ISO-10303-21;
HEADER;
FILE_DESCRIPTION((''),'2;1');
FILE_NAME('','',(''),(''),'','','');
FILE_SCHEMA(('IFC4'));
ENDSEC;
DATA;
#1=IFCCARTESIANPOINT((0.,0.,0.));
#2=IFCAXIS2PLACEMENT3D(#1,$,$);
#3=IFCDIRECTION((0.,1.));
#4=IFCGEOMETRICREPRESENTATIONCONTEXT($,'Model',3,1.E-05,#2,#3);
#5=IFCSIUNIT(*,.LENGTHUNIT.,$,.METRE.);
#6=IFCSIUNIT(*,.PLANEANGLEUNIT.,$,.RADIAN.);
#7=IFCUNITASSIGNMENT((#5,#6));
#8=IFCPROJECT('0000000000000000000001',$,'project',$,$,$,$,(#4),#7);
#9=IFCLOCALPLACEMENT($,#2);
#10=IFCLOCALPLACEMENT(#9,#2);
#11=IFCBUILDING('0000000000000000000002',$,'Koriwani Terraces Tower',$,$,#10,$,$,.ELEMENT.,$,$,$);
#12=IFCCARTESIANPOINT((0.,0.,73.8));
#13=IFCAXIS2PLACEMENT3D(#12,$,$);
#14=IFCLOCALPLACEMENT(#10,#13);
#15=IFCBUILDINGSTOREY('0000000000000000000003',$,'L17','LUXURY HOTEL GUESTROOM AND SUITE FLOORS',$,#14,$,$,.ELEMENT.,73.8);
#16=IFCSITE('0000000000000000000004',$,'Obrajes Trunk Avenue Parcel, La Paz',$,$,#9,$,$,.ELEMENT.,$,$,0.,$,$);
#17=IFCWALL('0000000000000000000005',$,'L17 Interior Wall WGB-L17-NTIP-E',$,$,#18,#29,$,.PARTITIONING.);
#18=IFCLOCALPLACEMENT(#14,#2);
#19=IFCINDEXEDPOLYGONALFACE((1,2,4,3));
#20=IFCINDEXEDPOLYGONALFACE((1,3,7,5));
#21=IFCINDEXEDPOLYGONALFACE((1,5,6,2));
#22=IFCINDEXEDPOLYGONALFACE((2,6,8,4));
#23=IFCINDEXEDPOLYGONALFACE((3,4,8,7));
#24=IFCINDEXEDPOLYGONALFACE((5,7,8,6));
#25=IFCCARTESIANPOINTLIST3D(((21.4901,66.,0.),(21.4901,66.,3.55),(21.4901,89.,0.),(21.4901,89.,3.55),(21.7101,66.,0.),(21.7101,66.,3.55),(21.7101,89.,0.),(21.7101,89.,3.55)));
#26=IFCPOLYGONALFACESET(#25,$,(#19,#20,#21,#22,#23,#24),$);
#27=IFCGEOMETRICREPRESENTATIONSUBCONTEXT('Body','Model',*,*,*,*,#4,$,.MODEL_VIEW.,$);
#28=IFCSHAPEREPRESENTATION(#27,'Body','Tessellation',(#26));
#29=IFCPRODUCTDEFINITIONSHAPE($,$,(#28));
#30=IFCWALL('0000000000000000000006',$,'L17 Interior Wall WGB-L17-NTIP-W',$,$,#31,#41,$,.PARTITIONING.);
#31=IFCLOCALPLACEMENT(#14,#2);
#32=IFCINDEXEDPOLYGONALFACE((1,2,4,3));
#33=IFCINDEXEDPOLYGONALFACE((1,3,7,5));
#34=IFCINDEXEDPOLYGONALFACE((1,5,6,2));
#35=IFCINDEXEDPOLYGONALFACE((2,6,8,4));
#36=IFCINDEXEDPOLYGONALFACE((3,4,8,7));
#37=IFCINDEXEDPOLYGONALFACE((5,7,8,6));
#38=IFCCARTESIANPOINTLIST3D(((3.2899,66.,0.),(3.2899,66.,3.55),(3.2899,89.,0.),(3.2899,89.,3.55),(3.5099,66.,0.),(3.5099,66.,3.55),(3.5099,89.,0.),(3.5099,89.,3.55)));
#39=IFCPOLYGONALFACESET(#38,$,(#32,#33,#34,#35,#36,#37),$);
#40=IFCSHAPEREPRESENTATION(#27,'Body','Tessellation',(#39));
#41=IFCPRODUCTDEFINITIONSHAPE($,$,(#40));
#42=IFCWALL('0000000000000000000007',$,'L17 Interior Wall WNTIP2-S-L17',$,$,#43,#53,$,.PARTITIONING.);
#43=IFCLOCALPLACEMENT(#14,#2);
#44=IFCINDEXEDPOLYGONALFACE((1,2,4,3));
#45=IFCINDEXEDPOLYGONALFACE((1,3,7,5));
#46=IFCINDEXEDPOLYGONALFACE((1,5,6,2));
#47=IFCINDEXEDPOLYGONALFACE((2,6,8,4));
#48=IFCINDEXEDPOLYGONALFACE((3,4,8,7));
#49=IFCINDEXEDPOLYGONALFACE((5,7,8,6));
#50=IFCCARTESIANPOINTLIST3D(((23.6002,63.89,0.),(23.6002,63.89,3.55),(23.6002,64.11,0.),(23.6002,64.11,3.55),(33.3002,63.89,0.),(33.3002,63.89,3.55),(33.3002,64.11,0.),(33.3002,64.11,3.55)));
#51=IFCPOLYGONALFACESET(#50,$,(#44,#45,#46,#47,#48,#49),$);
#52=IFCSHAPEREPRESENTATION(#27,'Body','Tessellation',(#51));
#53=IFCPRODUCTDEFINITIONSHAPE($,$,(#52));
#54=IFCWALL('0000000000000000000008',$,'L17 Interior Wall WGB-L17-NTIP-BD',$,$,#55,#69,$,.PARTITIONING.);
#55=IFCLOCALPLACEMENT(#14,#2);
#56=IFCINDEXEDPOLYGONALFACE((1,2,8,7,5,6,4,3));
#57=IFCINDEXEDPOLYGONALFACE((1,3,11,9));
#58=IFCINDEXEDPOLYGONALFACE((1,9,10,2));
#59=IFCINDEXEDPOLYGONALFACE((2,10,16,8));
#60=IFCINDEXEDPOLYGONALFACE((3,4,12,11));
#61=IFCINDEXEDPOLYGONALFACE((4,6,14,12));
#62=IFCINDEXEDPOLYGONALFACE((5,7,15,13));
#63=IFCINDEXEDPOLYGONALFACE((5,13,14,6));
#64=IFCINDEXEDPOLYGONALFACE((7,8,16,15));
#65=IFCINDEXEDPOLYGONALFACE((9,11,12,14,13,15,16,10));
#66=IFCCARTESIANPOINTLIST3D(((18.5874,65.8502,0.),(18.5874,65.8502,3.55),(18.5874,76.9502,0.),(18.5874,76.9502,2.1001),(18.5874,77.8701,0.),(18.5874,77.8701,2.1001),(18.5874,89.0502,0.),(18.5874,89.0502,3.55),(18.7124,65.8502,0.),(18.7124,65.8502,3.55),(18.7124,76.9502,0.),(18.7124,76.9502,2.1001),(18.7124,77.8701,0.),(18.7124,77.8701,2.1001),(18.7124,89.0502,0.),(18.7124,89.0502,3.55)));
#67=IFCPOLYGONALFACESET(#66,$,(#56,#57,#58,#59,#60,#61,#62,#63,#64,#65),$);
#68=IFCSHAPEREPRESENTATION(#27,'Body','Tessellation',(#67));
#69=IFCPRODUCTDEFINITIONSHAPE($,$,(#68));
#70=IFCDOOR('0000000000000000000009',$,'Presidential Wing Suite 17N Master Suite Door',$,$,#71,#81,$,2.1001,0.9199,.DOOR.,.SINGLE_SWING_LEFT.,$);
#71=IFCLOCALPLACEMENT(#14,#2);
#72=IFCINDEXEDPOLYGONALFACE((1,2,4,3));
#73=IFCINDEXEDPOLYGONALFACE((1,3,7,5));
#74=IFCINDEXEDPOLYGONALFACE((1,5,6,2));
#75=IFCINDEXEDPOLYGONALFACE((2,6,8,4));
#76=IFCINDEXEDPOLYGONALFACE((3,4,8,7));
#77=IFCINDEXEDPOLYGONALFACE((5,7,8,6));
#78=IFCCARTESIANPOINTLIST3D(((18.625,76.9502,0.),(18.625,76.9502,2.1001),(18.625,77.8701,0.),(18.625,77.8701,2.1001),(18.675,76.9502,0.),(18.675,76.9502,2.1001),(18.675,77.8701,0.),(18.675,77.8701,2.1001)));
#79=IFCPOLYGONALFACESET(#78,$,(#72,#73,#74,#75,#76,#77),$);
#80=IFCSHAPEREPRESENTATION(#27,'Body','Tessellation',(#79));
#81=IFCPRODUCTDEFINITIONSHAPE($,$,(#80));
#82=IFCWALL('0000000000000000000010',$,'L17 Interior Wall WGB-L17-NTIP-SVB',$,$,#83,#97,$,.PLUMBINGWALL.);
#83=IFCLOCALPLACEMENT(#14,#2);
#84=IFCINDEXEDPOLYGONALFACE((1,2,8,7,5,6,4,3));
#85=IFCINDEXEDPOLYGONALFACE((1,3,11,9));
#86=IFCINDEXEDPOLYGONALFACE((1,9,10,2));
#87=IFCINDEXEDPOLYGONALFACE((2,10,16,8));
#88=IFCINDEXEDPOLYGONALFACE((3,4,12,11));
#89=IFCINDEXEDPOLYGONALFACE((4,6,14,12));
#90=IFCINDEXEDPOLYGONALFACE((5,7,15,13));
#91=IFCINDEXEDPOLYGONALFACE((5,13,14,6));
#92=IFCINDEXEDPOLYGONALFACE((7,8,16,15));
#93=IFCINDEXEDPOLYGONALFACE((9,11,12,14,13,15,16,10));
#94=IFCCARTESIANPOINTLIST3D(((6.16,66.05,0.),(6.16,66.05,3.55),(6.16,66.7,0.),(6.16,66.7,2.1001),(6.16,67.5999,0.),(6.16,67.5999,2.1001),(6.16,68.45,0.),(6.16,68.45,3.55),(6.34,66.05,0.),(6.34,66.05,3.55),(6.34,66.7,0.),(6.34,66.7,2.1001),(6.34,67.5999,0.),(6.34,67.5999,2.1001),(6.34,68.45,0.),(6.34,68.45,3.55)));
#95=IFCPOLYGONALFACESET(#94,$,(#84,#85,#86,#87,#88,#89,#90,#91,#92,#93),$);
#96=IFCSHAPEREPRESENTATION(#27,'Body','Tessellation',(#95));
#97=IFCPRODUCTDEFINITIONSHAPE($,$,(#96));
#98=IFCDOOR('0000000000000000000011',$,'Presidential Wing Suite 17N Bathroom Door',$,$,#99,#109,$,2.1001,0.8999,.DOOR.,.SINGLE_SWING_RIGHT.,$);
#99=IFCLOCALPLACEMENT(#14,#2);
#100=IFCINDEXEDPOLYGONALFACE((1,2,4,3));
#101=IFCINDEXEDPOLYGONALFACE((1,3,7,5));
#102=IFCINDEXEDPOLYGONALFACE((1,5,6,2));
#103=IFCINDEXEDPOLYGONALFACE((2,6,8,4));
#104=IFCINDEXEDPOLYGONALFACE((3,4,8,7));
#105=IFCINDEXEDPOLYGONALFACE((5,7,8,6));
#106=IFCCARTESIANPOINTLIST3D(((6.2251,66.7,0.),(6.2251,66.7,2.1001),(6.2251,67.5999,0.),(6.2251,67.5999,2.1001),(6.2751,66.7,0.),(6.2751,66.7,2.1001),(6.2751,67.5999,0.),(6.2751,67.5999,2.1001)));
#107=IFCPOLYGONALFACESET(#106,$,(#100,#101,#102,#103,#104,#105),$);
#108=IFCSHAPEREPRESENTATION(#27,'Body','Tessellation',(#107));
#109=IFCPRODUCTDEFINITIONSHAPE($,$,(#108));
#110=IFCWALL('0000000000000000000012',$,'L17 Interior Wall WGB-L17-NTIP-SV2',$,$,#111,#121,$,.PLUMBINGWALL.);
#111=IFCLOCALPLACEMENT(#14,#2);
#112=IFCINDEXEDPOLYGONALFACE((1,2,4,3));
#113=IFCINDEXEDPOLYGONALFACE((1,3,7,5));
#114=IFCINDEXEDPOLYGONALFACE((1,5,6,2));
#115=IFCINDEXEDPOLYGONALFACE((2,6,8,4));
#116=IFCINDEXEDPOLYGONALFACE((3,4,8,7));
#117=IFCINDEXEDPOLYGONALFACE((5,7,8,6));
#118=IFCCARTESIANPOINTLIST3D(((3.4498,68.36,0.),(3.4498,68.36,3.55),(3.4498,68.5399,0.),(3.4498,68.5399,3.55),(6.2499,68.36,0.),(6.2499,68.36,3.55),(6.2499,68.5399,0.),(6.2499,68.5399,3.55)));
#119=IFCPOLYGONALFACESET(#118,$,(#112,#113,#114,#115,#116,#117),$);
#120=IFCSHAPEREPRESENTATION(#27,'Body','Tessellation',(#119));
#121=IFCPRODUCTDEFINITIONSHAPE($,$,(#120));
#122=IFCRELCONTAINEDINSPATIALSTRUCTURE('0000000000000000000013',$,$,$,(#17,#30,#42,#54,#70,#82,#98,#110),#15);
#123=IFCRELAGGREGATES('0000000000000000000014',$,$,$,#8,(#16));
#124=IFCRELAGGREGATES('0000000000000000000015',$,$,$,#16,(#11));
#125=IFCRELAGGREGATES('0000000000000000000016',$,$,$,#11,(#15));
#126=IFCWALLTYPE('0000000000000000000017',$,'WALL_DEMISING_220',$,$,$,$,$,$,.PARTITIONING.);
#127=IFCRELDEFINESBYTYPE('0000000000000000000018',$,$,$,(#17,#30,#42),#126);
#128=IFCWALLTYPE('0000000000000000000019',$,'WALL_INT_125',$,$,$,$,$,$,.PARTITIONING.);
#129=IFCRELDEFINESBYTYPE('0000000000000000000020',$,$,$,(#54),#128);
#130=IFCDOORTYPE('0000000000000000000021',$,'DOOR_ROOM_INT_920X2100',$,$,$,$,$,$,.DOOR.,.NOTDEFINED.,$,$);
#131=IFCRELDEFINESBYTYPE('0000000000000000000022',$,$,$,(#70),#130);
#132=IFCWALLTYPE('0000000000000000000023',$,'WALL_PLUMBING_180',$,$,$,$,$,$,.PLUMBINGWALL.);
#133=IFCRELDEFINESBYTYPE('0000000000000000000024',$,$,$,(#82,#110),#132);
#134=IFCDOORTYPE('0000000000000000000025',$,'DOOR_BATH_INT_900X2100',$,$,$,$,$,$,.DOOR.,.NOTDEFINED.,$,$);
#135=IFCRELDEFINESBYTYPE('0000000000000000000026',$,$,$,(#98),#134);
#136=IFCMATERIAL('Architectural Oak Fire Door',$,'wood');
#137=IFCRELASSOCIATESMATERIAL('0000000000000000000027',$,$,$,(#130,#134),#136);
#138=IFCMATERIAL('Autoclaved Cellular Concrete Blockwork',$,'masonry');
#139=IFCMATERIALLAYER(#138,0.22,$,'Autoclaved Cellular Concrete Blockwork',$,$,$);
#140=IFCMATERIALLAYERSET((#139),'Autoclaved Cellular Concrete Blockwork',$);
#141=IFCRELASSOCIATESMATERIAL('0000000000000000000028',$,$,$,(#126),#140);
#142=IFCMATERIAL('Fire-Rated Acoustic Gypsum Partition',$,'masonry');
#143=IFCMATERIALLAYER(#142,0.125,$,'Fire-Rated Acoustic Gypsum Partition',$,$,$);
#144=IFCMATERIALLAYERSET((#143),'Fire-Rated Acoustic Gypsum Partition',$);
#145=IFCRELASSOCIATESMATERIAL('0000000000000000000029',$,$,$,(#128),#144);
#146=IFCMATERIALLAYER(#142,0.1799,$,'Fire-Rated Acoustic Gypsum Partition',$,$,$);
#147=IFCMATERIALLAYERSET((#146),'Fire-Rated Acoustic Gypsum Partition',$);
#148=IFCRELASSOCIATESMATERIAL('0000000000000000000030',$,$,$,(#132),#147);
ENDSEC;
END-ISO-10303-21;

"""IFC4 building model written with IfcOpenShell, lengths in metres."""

from ifc_helpers import new_model, si_unit, direction, frame, frame_2d, origin, place, context, subcontext, project, spatial, rectangle, extrude, material, layer, layer_set, type_object, element, fill, save


model = new_model("IFC4")

# Units and contexts
model_context = context("Model", 3, precision=1e-05, world=origin(), true_north=direction((0.0, 1.0)))
body_context = subcontext(model_context, "Body", "Model", "MODEL_VIEW")
ifc_project = project(units=[si_unit("LENGTHUNIT", "METRE"), si_unit("PLANEANGLEUNIT", "RADIAN")], contexts=[model_context])

# Site, building, storey
site_placement = place(None, origin())
site = spatial("IfcSite", under=ifc_project, at=site_placement, Name="Obrajes Trunk Avenue Parcel, La Paz", CompositionType="ELEMENT", RefElevation=0.0)
building_placement = place(site_placement, origin())
building = spatial("IfcBuilding", under=site, at=building_placement, Name="Koriwani Terraces Tower", CompositionType="ELEMENT")
storey_placement = place(building_placement, frame((0.0, 0.0, 73.8)))
storey = spatial("IfcBuildingStorey", under=building, at=storey_placement, Name="L17", Description="LUXURY HOTEL GUESTROOM AND SUITE FLOORS", CompositionType="ELEMENT", Elevation=73.8)

# Shared definitions
ifc_material_1 = material(Name="Autoclaved Cellular Concrete Blockwork", Category="masonry")
ifc_material_2 = material(Name="Architectural Oak Fire Door", Category="wood")
door_type_1 = type_object("IfcDoorType", Name="DOOR_ROOM_INT_920X2100", OperationType="NOTDEFINED", PredefinedType="DOOR", material=ifc_material_2)

# Walls
ifc_layer_1 = layer(ifc_material_1, 0.22, Name="Autoclaved Cellular Concrete Blockwork")
ifc_layer_set_1 = layer_set([ifc_layer_1], Name="Autoclaved Cellular Concrete Blockwork")
wall_type_1 = type_object("IfcWallType", Name="WALL_DEMISING_220", PredefinedType="PARTITIONING", material=ifc_layer_set_1)
for number, where, z_axis, x_axis, name in (
    (1, (21.6001, 66.0, 0.0), (0.0, 0.0, 1.0), (0.0, 1.0, 0.0), "L17 Interior Wall WGB-L17-NTIP-E"),
    (2, (3.3999, 66.0, 0.0), (0.0, 0.0, 1.0), (0.0, 1.0, 0.0), "L17 Interior Wall WGB-L17-NTIP-W"),
):
    element("IfcWall", number, at=place(storey_placement, frame(where, z_axis=z_axis, x_axis=x_axis)), inside=storey, type_object=wall_type_1, Name=name, PredefinedType="PARTITIONING", context=body_context, shape_type="SweptSolid", body=[
        extrude(rectangle(XDim=23.0, YDim=0.22, at=frame_2d((11.5, 0.0))), origin(), (0.0, 0.0, 1.0), 3.55),
    ])
wall_1_placement = place(storey_placement, frame((23.6001, 64.0, 0.0), z_axis=(0.0, 0.0, 1.0), x_axis=(1.0, 0.0, 0.0)))
element("IfcWall", 3, at=wall_1_placement, inside=storey, type_object=wall_type_1, Name="L17 Interior Wall WNTIP2-S-L17", PredefinedType="PARTITIONING", context=body_context, shape_type="SweptSolid", body=[
    extrude(rectangle(XDim=9.7, YDim=0.22, at=frame_2d((4.8501, 0.0))), origin(), (0.0, 0.0, 1.0), 3.55),
])

# Walls, openings, doors
ifc_material_3 = material(Name="Fire-Rated Acoustic Gypsum Partition", Category="masonry")
ifc_layer_2 = layer(ifc_material_3, 0.125, Name="Fire-Rated Acoustic Gypsum Partition")
ifc_layer_set_2 = layer_set([ifc_layer_2], Name="Fire-Rated Acoustic Gypsum Partition")
wall_type_2 = type_object("IfcWallType", Name="WALL_INT_125", PredefinedType="PARTITIONING", material=ifc_layer_set_2)
wall_2_placement = place(storey_placement, frame((18.6499, 65.8501, 0.0), z_axis=(0.0, 0.0, 1.0), x_axis=(0.0, 1.0, 0.0)))
wall_2 = element("IfcWall", 4, at=wall_2_placement, inside=storey, type_object=wall_type_2, Name="L17 Interior Wall WGB-L17-NTIP-BD", PredefinedType="PARTITIONING", context=body_context, shape_type="SweptSolid", body=[
    extrude(rectangle(XDim=23.2, YDim=0.125, at=frame_2d((11.6001, 0.0))), origin(), (0.0, 0.0, 1.0), 3.55),
])
opening_1_placement = place(wall_2_placement, frame((11.1001, 0.0, 0.0)))
opening_1 = element("IfcOpeningElement", 5, at=opening_1_placement, cuts=wall_2, PredefinedType="OPENING", context=body_context, shape_type="SweptSolid", body=[
    extrude(rectangle(XDim=0.9199, YDim=2.1001, at=frame_2d((0.46, 1.05))), frame((0.0, 0.0725, 0.0), z_axis=(0.0, -1.0, 0.0), x_axis=(1.0, 0.0, 0.0)), (0.0, 0.0, 1.0), 0.145),
])
door_1_placement = place(opening_1_placement, origin())
door_1 = element("IfcDoor", 6, at=door_1_placement, inside=storey, type_object=door_type_1, Name="Presidential Wing Suite 17N Master Suite Door", OperationType="SINGLE_SWING_LEFT", OverallHeight=2.1001, OverallWidth=0.9199, PredefinedType="DOOR", context=body_context, shape_type="SweptSolid", body=[
    extrude(rectangle(XDim=0.9199, YDim=2.1001, at=frame_2d((0.46, 1.05))), frame((0.0, 0.0249, 0.0), z_axis=(0.0, -1.0, 0.0), x_axis=(1.0, 0.0, 0.0)), (0.0, 0.0, 1.0), 0.05),
])
fill(opening_1, door_1)
ifc_layer_3 = layer(ifc_material_3, 0.1799, Name="Fire-Rated Acoustic Gypsum Partition")
ifc_layer_set_3 = layer_set([ifc_layer_3], Name="Fire-Rated Acoustic Gypsum Partition")
wall_type_3 = type_object("IfcWallType", Name="WALL_PLUMBING_180", PredefinedType="PLUMBINGWALL", material=ifc_layer_set_3)
wall_3_placement = place(storey_placement, frame((6.25, 66.05, 0.0), z_axis=(0.0, 0.0, 1.0), x_axis=(0.0, 1.0, 0.0)))
wall_3 = element("IfcWall", 7, at=wall_3_placement, inside=storey, type_object=wall_type_3, Name="L17 Interior Wall WGB-L17-NTIP-SVB", PredefinedType="PLUMBINGWALL", context=body_context, shape_type="SweptSolid", body=[
    extrude(rectangle(XDim=2.3999, YDim=0.1799, at=frame_2d((1.2, 0.0))), origin(), (0.0, 0.0, 1.0), 3.55),
])
opening_2_placement = place(wall_3_placement, frame((0.6499, 0.0, 0.0)))
opening_2 = element("IfcOpeningElement", 8, at=opening_2_placement, cuts=wall_3, PredefinedType="OPENING", context=body_context, shape_type="SweptSolid", body=[
    extrude(rectangle(XDim=0.8999, YDim=2.1001, at=frame_2d((0.45, 1.05))), frame((0.0, 0.1001, 0.0), z_axis=(0.0, -1.0, 0.0), x_axis=(1.0, 0.0, 0.0)), (0.0, 0.0, 1.0), 0.2),
])
door_type_2 = type_object("IfcDoorType", Name="DOOR_BATH_INT_900X2100", OperationType="NOTDEFINED", PredefinedType="DOOR", material=ifc_material_2)
door_2_placement = place(opening_2_placement, origin())
door_2 = element("IfcDoor", 9, at=door_2_placement, inside=storey, type_object=door_type_2, Name="Presidential Wing Suite 17N Bathroom Door", OperationType="SINGLE_SWING_RIGHT", OverallHeight=2.1001, OverallWidth=0.8999, PredefinedType="DOOR", context=body_context, shape_type="SweptSolid", body=[
    extrude(rectangle(XDim=0.8999, YDim=2.1001, at=frame_2d((0.45, 1.05))), frame((0.0, 0.0249, 0.0), z_axis=(0.0, -1.0, 0.0), x_axis=(1.0, 0.0, 0.0)), (0.0, 0.0, 1.0), 0.05),
])
fill(opening_2, door_2)

# Wall
wall_4_placement = place(storey_placement, frame((3.45, 68.45, 0.0), z_axis=(0.0, 0.0, 1.0), x_axis=(1.0, 0.0, 0.0)))
element("IfcWall", 10, at=wall_4_placement, inside=storey, type_object=wall_type_3, Name="L17 Interior Wall WGB-L17-NTIP-SV2", PredefinedType="PLUMBINGWALL", context=body_context, shape_type="SweptSolid", body=[
    extrude(rectangle(XDim=2.8, YDim=0.1799, at=frame_2d((1.3999, 0.0))), origin(), (0.0, 0.0, 1.0), 3.55),
])

save(model, "model.ifc")
